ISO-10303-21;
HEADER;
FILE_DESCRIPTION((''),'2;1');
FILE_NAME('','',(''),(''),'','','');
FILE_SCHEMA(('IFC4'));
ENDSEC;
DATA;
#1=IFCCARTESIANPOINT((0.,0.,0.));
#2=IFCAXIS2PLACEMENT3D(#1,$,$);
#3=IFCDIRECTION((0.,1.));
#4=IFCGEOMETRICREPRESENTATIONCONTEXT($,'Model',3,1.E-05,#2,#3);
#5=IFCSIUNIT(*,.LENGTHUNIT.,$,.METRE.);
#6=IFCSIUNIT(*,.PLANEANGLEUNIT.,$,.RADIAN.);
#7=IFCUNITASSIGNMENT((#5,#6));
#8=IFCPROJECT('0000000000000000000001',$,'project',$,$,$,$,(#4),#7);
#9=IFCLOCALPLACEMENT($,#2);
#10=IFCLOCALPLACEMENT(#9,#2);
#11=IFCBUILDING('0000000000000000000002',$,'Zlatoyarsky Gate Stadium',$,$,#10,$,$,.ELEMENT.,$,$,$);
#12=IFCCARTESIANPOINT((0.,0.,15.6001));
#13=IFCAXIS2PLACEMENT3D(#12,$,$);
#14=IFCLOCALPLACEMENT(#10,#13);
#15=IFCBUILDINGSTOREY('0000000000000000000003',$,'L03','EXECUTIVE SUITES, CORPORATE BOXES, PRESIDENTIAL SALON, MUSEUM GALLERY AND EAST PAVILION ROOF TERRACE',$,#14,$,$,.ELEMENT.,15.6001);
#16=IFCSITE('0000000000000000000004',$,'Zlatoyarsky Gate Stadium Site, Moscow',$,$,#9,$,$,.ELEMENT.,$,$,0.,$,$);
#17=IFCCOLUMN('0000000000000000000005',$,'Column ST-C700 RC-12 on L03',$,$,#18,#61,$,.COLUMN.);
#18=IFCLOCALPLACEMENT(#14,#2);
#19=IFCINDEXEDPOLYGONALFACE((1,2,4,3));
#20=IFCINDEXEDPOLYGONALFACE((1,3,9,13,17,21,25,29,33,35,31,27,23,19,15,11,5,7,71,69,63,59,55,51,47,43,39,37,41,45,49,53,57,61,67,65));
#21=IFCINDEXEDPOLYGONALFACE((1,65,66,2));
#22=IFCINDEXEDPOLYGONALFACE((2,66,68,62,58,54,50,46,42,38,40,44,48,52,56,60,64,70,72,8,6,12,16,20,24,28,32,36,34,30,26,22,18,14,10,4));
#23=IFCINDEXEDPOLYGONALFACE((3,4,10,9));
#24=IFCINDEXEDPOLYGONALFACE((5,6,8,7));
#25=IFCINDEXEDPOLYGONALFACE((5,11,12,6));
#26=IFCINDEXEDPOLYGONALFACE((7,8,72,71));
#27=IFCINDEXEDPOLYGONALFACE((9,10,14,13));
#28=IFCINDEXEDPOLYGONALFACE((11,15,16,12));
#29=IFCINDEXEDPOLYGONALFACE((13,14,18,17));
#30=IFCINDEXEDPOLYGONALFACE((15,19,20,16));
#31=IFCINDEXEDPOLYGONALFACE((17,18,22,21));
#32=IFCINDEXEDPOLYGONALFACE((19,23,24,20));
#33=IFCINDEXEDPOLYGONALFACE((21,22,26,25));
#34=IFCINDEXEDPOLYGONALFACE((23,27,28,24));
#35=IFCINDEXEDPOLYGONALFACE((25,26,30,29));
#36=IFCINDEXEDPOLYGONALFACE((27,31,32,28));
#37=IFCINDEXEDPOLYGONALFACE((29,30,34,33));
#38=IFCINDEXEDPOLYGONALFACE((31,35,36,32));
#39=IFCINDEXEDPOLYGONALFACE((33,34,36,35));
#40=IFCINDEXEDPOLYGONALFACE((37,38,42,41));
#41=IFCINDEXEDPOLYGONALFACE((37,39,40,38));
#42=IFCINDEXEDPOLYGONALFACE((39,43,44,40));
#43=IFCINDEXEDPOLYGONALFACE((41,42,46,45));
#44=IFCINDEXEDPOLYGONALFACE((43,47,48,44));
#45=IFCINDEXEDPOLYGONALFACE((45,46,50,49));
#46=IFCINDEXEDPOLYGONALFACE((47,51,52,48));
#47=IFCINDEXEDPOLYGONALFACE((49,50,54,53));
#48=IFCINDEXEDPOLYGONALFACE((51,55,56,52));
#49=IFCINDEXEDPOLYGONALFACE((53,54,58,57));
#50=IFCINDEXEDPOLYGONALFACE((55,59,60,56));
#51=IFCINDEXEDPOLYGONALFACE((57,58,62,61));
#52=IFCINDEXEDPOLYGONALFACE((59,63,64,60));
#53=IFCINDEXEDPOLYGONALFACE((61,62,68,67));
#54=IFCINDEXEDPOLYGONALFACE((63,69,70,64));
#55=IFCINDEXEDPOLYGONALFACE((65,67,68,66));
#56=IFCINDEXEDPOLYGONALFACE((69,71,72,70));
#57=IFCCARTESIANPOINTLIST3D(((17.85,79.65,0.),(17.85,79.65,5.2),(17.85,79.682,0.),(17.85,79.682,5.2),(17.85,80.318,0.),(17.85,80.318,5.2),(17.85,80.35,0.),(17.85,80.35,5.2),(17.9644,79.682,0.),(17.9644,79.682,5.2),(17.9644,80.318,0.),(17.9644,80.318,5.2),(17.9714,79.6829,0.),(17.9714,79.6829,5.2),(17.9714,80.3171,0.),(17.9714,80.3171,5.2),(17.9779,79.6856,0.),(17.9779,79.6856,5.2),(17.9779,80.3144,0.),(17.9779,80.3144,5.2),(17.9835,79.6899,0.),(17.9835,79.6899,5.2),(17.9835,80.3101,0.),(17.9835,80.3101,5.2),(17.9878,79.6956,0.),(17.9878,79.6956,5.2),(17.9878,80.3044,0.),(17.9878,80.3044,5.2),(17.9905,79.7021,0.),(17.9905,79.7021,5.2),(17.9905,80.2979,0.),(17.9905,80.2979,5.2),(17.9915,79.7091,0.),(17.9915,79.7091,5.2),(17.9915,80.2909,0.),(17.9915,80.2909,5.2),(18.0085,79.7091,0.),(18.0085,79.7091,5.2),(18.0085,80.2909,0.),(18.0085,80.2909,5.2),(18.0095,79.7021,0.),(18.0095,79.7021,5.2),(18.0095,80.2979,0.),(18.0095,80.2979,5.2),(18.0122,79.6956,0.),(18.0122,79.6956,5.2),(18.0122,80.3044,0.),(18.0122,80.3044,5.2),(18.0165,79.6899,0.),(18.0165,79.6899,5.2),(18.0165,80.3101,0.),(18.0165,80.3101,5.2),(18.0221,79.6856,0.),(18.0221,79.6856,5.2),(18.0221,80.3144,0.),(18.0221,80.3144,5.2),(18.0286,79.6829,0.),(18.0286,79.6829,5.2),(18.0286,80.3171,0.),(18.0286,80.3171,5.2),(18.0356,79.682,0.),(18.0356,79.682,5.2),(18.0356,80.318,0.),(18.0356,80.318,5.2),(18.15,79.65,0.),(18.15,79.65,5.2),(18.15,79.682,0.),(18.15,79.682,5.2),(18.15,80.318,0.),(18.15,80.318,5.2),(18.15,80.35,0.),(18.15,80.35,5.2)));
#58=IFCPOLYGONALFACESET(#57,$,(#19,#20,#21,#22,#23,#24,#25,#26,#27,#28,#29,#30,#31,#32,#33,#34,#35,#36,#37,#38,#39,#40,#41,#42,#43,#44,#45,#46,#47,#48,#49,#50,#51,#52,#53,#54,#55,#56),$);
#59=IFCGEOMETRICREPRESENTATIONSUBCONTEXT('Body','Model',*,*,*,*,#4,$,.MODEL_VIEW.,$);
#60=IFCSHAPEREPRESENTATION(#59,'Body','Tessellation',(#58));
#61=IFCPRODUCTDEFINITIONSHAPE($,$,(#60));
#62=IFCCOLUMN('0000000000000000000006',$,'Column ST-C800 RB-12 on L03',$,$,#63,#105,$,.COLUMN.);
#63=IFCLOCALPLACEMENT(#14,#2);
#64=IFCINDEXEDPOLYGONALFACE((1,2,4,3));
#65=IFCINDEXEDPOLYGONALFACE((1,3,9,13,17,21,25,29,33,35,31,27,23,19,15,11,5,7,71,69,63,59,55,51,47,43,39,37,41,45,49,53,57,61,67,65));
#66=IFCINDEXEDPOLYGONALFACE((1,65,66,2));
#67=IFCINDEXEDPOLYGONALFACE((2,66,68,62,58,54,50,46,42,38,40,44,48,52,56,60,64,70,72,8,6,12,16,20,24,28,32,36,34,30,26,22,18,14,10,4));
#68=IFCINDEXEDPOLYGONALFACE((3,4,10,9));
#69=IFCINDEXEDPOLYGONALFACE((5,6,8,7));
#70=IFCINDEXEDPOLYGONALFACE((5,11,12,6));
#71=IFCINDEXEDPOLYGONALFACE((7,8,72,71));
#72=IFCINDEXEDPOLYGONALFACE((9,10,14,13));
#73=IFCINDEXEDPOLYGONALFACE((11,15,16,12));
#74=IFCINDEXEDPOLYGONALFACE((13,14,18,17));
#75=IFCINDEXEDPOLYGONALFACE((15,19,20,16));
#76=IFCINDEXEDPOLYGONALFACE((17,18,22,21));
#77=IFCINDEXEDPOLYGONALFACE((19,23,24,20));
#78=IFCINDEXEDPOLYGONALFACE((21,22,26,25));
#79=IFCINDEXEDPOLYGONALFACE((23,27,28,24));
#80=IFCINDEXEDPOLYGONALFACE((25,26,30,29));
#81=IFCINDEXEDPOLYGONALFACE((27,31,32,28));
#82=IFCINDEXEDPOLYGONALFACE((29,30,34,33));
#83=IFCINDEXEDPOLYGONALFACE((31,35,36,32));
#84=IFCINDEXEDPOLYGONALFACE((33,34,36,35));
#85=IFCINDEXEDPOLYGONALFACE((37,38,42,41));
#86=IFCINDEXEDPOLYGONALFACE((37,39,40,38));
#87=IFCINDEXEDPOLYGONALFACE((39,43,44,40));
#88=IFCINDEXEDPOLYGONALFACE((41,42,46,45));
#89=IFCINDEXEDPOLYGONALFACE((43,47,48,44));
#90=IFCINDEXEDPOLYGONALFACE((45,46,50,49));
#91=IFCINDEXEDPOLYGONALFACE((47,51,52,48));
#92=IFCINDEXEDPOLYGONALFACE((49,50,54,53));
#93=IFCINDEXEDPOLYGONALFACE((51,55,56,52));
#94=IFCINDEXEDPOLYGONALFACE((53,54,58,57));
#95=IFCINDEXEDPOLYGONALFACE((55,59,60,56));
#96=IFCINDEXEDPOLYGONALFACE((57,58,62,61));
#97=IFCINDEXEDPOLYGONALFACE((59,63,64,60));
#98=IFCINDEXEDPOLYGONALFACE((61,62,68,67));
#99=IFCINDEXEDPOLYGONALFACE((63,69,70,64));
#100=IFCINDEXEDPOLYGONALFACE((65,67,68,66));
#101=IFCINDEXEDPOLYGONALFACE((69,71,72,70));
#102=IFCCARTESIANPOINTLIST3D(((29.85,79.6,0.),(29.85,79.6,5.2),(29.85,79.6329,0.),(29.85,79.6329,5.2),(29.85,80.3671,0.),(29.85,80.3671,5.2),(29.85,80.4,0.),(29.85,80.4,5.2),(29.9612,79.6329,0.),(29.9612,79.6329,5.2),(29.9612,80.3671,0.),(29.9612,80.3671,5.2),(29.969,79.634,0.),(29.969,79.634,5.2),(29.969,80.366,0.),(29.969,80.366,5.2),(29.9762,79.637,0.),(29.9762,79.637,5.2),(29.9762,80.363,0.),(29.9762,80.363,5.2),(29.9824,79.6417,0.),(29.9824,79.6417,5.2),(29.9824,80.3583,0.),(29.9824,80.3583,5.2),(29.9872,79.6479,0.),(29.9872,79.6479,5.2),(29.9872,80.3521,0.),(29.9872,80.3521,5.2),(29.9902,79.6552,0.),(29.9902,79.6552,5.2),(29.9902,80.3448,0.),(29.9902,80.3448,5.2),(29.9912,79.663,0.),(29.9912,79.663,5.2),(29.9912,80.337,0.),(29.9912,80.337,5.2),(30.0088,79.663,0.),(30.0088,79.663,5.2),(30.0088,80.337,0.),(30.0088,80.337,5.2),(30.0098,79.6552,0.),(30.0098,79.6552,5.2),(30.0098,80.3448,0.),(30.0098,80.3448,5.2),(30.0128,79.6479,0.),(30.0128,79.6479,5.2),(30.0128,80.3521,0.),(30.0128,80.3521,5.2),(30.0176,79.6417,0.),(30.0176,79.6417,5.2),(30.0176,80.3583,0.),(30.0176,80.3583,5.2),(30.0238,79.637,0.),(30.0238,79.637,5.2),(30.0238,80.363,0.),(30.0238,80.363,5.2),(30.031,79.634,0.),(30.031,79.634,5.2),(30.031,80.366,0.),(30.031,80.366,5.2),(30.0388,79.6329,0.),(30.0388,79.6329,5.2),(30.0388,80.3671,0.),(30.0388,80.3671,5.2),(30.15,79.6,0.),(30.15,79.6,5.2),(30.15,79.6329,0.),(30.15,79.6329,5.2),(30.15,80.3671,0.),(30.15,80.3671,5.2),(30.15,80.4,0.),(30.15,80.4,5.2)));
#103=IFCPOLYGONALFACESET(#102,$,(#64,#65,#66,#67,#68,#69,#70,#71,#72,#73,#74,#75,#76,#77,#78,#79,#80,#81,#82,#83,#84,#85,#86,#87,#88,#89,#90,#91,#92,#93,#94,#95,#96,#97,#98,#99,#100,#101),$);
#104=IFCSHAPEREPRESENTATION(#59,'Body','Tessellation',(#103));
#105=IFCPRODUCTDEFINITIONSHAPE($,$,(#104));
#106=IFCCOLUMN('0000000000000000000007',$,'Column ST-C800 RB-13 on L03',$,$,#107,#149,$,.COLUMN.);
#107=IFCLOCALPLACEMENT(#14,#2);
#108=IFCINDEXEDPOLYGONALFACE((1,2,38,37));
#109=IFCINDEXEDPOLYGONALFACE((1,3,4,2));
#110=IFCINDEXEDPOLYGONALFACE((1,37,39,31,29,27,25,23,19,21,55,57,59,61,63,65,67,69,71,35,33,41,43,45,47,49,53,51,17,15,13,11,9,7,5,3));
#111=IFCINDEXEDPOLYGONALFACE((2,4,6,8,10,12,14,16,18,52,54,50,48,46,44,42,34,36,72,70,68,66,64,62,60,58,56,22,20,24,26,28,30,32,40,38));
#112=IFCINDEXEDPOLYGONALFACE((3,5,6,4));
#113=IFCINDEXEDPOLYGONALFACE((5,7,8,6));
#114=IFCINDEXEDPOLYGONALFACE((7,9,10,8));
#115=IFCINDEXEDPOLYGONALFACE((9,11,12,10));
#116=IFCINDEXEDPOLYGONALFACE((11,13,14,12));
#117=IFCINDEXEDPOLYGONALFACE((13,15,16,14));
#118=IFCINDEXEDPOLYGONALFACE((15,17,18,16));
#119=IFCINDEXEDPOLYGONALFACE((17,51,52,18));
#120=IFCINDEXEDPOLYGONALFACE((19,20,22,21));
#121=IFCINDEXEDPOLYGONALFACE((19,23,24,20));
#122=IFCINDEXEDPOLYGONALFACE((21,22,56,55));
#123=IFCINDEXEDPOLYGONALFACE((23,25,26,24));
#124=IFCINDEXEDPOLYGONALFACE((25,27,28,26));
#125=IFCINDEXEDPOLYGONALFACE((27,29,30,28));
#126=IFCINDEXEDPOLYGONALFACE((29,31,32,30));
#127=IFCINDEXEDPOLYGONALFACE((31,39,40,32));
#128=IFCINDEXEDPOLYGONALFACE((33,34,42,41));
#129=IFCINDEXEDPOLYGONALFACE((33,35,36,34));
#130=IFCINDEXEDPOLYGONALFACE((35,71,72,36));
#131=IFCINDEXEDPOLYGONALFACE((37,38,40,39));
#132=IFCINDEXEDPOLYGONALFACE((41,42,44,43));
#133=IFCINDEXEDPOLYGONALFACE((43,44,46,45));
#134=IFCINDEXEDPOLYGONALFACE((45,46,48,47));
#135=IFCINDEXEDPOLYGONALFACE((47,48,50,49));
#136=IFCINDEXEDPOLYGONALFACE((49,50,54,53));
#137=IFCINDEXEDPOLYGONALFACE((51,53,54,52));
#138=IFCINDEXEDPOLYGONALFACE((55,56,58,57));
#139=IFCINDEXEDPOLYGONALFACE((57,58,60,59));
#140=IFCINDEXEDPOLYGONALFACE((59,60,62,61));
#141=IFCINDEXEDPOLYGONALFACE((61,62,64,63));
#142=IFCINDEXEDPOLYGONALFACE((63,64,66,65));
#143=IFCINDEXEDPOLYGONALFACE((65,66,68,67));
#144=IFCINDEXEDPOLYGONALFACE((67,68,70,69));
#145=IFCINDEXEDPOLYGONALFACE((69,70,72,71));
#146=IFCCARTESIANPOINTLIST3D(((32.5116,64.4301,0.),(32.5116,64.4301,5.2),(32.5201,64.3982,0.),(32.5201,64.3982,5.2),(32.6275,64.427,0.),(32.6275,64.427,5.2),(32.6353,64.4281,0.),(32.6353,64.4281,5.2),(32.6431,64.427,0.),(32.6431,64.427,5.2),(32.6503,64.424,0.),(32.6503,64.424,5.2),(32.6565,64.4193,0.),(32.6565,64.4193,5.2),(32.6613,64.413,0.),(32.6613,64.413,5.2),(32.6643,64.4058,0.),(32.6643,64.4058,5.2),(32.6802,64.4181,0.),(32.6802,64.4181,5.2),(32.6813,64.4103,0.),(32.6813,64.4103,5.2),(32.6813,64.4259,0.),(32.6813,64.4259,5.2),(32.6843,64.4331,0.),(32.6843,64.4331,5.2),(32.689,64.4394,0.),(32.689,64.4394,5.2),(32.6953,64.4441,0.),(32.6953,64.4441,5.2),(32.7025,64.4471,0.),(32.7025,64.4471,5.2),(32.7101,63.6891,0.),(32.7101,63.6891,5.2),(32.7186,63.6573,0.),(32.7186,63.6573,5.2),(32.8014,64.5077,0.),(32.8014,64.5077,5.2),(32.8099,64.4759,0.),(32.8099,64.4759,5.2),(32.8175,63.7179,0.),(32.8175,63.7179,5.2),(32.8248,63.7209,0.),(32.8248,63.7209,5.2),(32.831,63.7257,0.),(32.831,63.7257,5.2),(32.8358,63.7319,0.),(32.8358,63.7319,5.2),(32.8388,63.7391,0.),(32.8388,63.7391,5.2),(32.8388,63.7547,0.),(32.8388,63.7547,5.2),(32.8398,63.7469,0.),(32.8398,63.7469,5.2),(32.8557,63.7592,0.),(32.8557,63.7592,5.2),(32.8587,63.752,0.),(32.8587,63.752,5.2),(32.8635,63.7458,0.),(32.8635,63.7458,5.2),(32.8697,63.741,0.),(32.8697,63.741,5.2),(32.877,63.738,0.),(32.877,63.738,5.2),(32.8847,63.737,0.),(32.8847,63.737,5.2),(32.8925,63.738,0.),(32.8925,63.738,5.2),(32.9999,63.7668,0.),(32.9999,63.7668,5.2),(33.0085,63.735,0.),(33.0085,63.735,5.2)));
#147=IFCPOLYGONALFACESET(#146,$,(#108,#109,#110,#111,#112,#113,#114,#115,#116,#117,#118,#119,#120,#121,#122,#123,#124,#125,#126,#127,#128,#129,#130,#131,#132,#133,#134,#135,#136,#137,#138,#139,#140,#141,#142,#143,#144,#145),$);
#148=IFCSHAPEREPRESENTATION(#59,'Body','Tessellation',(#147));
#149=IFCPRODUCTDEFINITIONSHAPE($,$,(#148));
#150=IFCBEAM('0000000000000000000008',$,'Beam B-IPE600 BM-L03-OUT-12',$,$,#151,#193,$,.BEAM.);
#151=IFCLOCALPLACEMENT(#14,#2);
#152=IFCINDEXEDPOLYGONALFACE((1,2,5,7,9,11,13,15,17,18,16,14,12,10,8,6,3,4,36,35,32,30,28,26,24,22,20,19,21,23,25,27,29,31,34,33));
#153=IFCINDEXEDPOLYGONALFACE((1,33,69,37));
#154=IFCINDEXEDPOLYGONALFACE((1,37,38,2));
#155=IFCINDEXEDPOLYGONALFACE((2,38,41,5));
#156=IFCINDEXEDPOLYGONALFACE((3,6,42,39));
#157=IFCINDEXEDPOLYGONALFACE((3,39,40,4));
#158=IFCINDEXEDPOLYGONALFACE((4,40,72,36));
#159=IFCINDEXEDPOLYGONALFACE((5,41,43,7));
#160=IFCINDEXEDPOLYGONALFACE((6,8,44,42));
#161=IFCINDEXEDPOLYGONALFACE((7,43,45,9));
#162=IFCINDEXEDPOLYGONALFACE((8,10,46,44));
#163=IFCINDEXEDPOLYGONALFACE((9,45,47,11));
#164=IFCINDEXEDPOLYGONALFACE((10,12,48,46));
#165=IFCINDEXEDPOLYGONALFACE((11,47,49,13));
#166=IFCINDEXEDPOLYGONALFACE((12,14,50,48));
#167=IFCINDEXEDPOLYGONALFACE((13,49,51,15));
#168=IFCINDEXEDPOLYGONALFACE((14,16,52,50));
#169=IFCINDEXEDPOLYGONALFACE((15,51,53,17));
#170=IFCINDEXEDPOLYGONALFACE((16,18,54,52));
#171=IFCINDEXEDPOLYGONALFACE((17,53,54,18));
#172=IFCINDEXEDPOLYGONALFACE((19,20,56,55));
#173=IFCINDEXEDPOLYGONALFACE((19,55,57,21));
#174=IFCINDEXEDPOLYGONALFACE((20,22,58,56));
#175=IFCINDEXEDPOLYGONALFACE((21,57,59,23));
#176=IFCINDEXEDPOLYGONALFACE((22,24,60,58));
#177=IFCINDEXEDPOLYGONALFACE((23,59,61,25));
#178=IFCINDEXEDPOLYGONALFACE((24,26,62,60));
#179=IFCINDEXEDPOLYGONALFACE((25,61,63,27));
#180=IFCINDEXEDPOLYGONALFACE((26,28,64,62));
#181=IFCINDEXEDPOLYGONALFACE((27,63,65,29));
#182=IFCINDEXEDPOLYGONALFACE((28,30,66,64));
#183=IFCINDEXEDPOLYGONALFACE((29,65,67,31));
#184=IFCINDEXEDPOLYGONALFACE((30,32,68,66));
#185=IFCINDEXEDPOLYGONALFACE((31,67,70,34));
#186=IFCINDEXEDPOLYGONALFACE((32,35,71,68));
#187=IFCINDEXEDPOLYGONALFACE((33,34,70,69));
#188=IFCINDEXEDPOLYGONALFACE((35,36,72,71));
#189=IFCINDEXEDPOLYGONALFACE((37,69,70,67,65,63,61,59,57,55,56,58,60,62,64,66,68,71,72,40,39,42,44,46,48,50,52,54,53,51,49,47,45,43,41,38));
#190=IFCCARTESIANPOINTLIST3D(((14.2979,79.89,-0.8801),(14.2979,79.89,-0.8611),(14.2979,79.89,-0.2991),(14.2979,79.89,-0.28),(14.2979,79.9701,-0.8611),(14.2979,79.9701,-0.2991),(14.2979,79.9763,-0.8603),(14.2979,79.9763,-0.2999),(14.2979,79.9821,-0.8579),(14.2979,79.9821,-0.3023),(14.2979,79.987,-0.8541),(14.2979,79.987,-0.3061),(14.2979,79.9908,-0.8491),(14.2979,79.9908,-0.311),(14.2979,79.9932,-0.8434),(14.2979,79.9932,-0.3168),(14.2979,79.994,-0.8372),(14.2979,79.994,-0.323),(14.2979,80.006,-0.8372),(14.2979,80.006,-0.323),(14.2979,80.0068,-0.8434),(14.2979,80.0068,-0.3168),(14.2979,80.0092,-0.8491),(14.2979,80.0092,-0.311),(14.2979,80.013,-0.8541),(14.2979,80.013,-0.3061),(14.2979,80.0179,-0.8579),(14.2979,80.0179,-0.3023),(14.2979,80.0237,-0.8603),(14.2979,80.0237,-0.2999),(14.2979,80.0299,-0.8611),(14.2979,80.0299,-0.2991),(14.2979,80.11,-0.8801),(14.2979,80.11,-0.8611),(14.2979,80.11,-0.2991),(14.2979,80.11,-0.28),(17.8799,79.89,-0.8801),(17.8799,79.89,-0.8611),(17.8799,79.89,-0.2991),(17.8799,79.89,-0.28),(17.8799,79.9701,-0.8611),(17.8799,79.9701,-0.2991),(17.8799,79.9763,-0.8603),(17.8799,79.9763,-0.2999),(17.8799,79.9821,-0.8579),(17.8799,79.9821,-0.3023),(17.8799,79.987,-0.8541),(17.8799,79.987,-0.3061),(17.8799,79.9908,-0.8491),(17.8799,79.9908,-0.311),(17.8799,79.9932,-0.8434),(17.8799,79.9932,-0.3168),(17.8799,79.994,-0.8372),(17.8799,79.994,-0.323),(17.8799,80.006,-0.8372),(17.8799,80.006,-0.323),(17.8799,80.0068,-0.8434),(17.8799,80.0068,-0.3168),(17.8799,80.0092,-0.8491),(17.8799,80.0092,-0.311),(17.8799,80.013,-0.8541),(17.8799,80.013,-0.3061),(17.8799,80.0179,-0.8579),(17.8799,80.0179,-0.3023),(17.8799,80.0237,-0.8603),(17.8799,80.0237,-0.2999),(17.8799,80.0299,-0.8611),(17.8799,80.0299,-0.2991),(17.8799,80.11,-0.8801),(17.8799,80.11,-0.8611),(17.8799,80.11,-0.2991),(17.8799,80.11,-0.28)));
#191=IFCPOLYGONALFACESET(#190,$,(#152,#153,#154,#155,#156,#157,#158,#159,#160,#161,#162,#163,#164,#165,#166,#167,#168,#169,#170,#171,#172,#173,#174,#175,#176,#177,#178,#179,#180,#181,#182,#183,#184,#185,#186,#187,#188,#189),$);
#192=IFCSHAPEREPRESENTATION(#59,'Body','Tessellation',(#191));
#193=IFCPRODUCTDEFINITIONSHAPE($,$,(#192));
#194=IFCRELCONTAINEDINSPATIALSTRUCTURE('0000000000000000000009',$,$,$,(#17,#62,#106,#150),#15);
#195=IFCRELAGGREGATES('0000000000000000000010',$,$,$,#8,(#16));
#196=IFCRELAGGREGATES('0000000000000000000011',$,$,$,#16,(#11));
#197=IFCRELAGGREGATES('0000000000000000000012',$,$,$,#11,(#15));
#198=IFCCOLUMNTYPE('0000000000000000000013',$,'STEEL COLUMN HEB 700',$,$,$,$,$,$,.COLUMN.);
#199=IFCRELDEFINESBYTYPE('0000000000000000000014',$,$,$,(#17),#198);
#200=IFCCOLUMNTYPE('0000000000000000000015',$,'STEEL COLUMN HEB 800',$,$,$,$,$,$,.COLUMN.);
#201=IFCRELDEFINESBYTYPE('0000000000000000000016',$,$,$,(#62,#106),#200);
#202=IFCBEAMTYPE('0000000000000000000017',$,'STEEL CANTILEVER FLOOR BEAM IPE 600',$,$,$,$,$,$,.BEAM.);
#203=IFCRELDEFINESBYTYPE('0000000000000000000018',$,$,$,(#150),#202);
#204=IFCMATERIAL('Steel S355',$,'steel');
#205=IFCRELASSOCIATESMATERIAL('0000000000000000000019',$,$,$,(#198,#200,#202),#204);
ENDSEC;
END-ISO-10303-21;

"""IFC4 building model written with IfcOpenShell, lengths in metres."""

from ifc_helpers import new_model, si_unit, direction, frame, origin, origin_2d, place, context, subcontext, project, spatial, i_section, extrude, material, material_profile, profile_set, type_object, element, save


model = new_model("IFC4")

# Units and contexts
model_context = context("Model", 3, precision=1e-05, world=origin(), true_north=direction((0.0, 1.0)))
body_context = subcontext(model_context, "Body", "Model", "MODEL_VIEW")
ifc_project = project(units=[si_unit("LENGTHUNIT", "METRE"), si_unit("PLANEANGLEUNIT", "RADIAN")], contexts=[model_context])

# Site, building, storey
site_placement = place(None, origin())
site = spatial("IfcSite", under=ifc_project, at=site_placement, Name="Zlatoyarsky Gate Stadium Site, Moscow", CompositionType="ELEMENT", RefElevation=0.0)
building_placement = place(site_placement, origin())
building = spatial("IfcBuilding", under=site, at=building_placement, Name="Zlatoyarsky Gate Stadium", CompositionType="ELEMENT")
storey_placement = place(building_placement, frame((0.0, 0.0, 15.6001)))
storey = spatial("IfcBuildingStorey", under=building, at=storey_placement, Name="L03", Description="EXECUTIVE SUITES, CORPORATE BOXES, PRESIDENTIAL SALON, MUSEUM GALLERY AND EAST PAVILION ROOF TERRACE", CompositionType="ELEMENT", Elevation=15.6001)

# Columns
ifc_material_1 = material(Name="Steel S355", Category="steel")
ifc_material_profile_1 = material_profile(ifc_material_1, i_section(OverallWidth=0.3, OverallDepth=0.7, WebThickness=0.0171, FlangeThickness=0.032, FilletRadius=0.0271, at=origin_2d()), Name="HEB 700")
ifc_profile_set_1 = profile_set([ifc_material_profile_1], Name="Steel S355")
column_type_1 = type_object("IfcColumnType", Name="STEEL COLUMN HEB 700", PredefinedType="COLUMN", material=ifc_profile_set_1)
column_placement = place(storey_placement, frame((18.0, 80.0, 0.0), z_axis=(0.0, 0.0, 1.0), x_axis=(-1.0, 0.0, 0.0)))
element("IfcColumn", 1, at=column_placement, inside=storey, type_object=column_type_1, Name="Column ST-C700 RC-12 on L03", PredefinedType="COLUMN", context=body_context, shape_type="SweptSolid", body=[
    extrude(i_section(OverallWidth=0.3, OverallDepth=0.7, WebThickness=0.0171, FlangeThickness=0.032, FilletRadius=0.0271, at=origin_2d()), origin(), (0.0, 0.0, 1.0), 5.2),
])
ifc_material_profile_2 = material_profile(ifc_material_1, i_section(OverallWidth=0.3, OverallDepth=0.8, WebThickness=0.0176, FlangeThickness=0.033, FilletRadius=0.03, at=origin_2d()), Name="HEB 800")
ifc_profile_set_2 = profile_set([ifc_material_profile_2], Name="Steel S355")
column_type_2 = type_object("IfcColumnType", Name="STEEL COLUMN HEB 800", PredefinedType="COLUMN", material=ifc_profile_set_2)
for number, where, z_axis, x_axis, name in (
    (2, (30.0, 80.0, 0.0), (0.0, 0.0, 1.0), (-1.0, 0.0, 0.0), "Column ST-C800 RB-12 on L03"),
    (3, (32.76, 64.0825, 0.0), (0.0, 0.0, 1.0), (-0.965926, -0.258819, 0.0), "Column ST-C800 RB-13 on L03"),
):
    element("IfcColumn", number, at=place(storey_placement, frame(where, z_axis=z_axis, x_axis=x_axis)), inside=storey, type_object=column_type_2, Name=name, PredefinedType="COLUMN", context=body_context, shape_type="SweptSolid", body=[
        extrude(i_section(OverallWidth=0.3, OverallDepth=0.8, WebThickness=0.0176, FlangeThickness=0.033, FilletRadius=0.03, at=origin_2d()), origin(), (0.0, 0.0, 1.0), 5.2),
    ])

# Beam
ifc_material_profile_3 = material_profile(ifc_material_1, i_section(OverallWidth=0.22, OverallDepth=0.6001, WebThickness=0.012, FlangeThickness=0.019, FilletRadius=0.0239, at=origin_2d()), Name="IPE 600")
ifc_profile_set_3 = profile_set([ifc_material_profile_3], Name="Steel S355")
beam_type_1 = type_object("IfcBeamType", Name="STEEL CANTILEVER FLOOR BEAM IPE 600", PredefinedType="BEAM", material=ifc_profile_set_3)
beam_1_placement = place(storey_placement, frame((17.8799, 80.0, -0.5801), z_axis=(-1.0, 0.0, 0.0), x_axis=(0.0, -1.0, 0.0)))
element("IfcBeam", 4, at=beam_1_placement, inside=storey, type_object=beam_type_1, Name="Beam B-IPE600 BM-L03-OUT-12", PredefinedType="BEAM", context=body_context, shape_type="SweptSolid", body=[
    extrude(i_section(OverallWidth=0.22, OverallDepth=0.6001, WebThickness=0.012, FlangeThickness=0.019, FilletRadius=0.0239, at=origin_2d()), origin(), (0.0, 0.0, 1.0), 3.582),
])

save(model, "model.ifc")
